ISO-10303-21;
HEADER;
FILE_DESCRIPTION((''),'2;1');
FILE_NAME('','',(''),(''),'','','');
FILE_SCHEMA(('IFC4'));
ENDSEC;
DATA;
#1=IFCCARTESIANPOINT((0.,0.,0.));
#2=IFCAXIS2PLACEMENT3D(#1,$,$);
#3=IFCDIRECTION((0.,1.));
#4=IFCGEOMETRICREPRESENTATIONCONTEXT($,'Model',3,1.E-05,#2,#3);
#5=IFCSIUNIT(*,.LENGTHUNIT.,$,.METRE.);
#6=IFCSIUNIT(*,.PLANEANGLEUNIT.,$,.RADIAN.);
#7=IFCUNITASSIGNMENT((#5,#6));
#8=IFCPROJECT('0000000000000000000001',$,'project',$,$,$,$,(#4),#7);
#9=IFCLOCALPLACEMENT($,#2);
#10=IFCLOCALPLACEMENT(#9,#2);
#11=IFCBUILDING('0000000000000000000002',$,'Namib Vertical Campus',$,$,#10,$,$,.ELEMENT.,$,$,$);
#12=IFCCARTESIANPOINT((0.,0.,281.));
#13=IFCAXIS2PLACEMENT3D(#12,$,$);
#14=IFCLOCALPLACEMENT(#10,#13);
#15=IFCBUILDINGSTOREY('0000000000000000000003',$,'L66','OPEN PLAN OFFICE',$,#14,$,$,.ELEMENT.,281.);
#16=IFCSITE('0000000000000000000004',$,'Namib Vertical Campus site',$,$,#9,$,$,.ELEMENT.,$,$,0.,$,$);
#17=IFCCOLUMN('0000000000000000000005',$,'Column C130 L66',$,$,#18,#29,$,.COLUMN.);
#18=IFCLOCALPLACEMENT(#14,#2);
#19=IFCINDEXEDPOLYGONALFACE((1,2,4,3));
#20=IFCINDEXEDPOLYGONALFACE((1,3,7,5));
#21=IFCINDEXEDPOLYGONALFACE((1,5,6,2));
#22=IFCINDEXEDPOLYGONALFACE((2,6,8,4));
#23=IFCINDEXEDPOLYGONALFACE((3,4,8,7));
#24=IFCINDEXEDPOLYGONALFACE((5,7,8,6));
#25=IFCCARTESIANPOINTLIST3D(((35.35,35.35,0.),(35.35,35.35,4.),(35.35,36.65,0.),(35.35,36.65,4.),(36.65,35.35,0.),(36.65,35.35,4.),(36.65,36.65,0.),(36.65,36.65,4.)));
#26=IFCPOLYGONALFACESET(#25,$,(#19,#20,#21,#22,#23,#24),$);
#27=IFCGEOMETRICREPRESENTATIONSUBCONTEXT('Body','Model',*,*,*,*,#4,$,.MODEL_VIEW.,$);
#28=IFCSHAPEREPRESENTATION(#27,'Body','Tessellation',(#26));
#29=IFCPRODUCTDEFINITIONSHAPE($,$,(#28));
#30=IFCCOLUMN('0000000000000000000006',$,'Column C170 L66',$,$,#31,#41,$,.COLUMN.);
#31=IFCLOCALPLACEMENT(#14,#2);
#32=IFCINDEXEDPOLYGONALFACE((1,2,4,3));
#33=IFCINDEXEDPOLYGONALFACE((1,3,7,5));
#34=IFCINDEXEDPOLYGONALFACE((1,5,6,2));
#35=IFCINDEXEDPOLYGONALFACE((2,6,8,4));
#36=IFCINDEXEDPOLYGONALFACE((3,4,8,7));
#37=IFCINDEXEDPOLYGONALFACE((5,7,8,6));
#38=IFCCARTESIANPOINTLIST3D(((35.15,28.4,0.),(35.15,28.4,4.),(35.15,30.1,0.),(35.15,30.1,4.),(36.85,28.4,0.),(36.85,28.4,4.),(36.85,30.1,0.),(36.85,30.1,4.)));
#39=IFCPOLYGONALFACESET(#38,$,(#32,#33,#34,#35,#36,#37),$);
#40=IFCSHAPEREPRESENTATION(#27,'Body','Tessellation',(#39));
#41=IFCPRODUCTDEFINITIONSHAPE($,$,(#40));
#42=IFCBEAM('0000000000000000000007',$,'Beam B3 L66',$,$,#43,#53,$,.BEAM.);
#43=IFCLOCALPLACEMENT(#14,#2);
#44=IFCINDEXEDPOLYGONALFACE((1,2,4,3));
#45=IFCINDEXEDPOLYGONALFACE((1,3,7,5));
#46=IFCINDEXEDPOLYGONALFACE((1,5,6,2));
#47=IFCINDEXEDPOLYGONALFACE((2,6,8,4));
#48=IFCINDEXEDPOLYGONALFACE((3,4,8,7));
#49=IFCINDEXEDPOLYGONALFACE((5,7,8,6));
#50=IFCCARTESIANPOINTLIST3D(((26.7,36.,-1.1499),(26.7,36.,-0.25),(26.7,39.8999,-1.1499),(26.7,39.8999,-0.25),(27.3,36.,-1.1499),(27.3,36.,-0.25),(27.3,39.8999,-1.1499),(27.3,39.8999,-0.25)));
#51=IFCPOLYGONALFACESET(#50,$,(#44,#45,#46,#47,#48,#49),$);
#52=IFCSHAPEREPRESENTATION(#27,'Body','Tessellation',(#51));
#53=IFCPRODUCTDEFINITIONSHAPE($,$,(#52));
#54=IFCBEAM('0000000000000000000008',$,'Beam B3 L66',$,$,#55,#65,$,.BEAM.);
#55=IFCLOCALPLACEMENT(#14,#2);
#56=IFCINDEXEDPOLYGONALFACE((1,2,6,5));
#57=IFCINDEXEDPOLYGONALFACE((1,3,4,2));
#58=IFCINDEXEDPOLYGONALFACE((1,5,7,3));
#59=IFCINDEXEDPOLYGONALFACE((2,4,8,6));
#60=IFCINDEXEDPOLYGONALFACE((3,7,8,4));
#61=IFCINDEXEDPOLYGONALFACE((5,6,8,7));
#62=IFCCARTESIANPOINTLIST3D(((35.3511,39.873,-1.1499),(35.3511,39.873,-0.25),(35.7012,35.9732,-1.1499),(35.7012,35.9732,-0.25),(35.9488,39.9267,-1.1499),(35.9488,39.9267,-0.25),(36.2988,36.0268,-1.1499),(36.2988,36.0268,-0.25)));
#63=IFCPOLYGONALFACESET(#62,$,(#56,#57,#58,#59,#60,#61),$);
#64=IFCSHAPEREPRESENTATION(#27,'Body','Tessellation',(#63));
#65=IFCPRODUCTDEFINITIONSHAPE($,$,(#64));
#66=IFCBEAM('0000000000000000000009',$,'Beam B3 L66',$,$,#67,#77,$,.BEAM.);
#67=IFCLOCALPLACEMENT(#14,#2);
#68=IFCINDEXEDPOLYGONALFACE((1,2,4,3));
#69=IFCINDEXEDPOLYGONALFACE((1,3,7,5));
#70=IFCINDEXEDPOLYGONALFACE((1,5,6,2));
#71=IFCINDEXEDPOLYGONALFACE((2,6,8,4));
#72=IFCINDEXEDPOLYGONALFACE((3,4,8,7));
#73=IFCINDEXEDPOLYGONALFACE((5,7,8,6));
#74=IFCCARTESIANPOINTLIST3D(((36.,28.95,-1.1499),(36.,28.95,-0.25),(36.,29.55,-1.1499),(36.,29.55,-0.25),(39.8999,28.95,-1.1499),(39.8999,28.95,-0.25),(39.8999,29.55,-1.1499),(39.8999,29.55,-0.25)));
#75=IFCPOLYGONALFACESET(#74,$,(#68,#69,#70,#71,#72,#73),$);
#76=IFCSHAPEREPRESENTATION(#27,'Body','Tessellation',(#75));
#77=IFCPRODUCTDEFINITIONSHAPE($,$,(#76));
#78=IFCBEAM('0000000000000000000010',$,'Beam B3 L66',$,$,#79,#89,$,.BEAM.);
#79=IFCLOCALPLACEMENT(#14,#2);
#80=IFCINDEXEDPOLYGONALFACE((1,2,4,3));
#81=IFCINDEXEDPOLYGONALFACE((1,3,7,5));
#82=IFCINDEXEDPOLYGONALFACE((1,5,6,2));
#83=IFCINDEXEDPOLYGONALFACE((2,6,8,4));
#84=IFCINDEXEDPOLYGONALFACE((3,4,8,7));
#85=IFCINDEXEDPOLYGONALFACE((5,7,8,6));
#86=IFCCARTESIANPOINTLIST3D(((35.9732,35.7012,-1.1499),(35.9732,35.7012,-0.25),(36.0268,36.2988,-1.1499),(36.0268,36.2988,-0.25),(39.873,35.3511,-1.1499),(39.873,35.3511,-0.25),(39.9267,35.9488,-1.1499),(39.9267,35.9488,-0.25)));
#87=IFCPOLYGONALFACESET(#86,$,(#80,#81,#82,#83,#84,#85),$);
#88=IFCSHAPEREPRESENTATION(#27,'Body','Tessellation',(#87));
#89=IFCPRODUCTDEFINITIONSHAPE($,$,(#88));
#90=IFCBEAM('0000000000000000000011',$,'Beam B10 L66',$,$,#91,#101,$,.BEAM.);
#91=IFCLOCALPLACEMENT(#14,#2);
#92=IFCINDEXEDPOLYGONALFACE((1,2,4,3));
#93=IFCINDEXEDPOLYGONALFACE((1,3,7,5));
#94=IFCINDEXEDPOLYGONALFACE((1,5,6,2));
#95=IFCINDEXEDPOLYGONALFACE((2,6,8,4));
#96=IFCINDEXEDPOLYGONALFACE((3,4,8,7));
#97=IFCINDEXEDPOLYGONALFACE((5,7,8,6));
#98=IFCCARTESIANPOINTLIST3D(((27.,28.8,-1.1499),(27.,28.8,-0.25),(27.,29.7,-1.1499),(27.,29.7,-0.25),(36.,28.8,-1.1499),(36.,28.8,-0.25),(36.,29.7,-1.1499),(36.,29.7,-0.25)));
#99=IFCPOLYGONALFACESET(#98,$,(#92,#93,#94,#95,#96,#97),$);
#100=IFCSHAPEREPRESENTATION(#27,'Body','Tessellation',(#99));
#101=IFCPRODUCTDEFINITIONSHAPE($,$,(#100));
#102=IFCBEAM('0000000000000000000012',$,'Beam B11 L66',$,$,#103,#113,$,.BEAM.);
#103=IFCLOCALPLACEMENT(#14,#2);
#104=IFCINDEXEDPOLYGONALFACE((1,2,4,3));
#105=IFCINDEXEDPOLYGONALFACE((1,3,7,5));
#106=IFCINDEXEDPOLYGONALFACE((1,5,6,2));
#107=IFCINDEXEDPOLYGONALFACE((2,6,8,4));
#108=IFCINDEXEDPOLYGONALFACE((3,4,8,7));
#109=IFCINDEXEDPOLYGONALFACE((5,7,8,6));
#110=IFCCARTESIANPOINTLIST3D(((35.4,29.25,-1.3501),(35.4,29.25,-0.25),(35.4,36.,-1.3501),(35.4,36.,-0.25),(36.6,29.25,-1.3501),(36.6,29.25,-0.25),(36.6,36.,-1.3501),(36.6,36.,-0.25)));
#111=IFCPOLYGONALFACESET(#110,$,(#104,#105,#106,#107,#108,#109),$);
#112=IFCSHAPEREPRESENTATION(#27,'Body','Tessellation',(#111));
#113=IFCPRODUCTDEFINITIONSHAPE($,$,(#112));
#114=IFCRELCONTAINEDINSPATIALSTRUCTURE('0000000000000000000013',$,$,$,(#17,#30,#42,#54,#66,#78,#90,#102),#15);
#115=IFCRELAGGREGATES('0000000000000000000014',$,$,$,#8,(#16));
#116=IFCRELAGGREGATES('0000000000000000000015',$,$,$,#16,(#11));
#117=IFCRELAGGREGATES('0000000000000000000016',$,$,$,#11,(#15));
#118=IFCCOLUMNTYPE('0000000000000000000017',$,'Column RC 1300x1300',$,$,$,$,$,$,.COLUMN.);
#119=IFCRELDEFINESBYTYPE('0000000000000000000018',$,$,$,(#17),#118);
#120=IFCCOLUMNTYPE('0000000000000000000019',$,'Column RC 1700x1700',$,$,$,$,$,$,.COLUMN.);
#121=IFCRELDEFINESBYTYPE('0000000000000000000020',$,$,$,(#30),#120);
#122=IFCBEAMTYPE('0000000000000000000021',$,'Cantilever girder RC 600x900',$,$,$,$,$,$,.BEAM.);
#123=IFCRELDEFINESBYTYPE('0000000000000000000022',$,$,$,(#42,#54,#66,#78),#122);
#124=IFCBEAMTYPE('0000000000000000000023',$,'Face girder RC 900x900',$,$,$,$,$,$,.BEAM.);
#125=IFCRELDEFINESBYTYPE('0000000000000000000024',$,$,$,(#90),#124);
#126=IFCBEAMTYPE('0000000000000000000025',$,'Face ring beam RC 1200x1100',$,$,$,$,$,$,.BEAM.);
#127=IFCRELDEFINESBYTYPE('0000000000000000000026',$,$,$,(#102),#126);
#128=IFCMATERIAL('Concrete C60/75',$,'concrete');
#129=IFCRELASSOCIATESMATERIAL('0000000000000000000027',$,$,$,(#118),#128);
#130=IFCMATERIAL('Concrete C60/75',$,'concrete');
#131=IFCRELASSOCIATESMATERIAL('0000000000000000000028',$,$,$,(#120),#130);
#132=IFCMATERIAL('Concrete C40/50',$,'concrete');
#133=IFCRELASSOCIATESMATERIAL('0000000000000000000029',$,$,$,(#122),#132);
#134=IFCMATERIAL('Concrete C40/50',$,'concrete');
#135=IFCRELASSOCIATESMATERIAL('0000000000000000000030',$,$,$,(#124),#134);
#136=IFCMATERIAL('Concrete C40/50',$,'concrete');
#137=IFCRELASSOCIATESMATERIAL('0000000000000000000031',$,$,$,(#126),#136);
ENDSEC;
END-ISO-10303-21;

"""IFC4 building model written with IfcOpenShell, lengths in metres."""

from ifc_helpers import new_model, si_unit, direction, frame, origin, origin_2d, place, context, subcontext, project, spatial, rectangle, extrude, material, material_profile, profile_set, type_object, element, save


model = new_model("IFC4")

# Units and contexts
model_context = context("Model", 3, precision=1e-05, world=origin(), true_north=direction((0.0, 1.0)))
body_context = subcontext(model_context, "Body", "Model", "MODEL_VIEW")
ifc_project = project(units=[si_unit("LENGTHUNIT", "METRE"), si_unit("PLANEANGLEUNIT", "RADIAN")], contexts=[model_context])

# Site, building, storey
site_placement = place(None, origin())
site = spatial("IfcSite", under=ifc_project, at=site_placement, Name="Namib Vertical Campus site", CompositionType="ELEMENT", RefElevation=0.0)
building_placement = place(site_placement, origin())
building = spatial("IfcBuilding", under=site, at=building_placement, Name="Namib Vertical Campus", CompositionType="ELEMENT")
storey_placement = place(building_placement, frame((0.0, 0.0, 281.0)))
storey = spatial("IfcBuildingStorey", under=building, at=storey_placement, Name="L66", Description="OPEN PLAN OFFICE", CompositionType="ELEMENT", Elevation=281.0)

# Columns
ifc_material_1 = material(Name="Concrete C60/75", Category="concrete")
ifc_material_profile_1 = material_profile(ifc_material_1, rectangle(XDim=1.3, YDim=1.3, at=origin_2d()))
ifc_profile_set_1 = profile_set([ifc_material_profile_1], Name="Concrete C60/75")
column_type_1 = type_object("IfcColumnType", Name="Column RC 1300x1300", PredefinedType="COLUMN", material=ifc_profile_set_1)
column_1_placement = place(storey_placement, frame((36.0, 36.0, 0.0), z_axis=(0.0, 0.0, 1.0), x_axis=(1.0, 0.0, 0.0)))
element("IfcColumn", 1, at=column_1_placement, inside=storey, type_object=column_type_1, Name="Column C130 L66", PredefinedType="COLUMN", context=body_context, shape_type="SweptSolid", body=[
    extrude(rectangle(XDim=1.3, YDim=1.3, at=origin_2d()), origin(), (0.0, 0.0, 1.0), 4.0),
])
ifc_material_2 = material(Name="Concrete C60/75", Category="concrete")
ifc_material_profile_2 = material_profile(ifc_material_2, rectangle(XDim=1.7, YDim=1.7, at=origin_2d()))
ifc_profile_set_2 = profile_set([ifc_material_profile_2], Name="Concrete C60/75")
column_type_2 = type_object("IfcColumnType", Name="Column RC 1700x1700", PredefinedType="COLUMN", material=ifc_profile_set_2)
column_2_placement = place(storey_placement, frame((36.0, 29.25, 0.0), z_axis=(0.0, 0.0, 1.0), x_axis=(1.0, 0.0, 0.0)))
element("IfcColumn", 2, at=column_2_placement, inside=storey, type_object=column_type_2, Name="Column C170 L66", PredefinedType="COLUMN", context=body_context, shape_type="SweptSolid", body=[
    extrude(rectangle(XDim=1.7, YDim=1.7, at=origin_2d()), origin(), (0.0, 0.0, 1.0), 4.0),
])

# Beams
ifc_material_3 = material(Name="Concrete C40/50", Category="concrete")
ifc_material_profile_3 = material_profile(ifc_material_3, rectangle(XDim=0.6001, YDim=0.8999, at=origin_2d()))
ifc_profile_set_3 = profile_set([ifc_material_profile_3], Name="Concrete C40/50")
beam_type_1 = type_object("IfcBeamType", Name="Cantilever girder RC 600x900", PredefinedType="BEAM", material=ifc_profile_set_3)
beam_1_placement = place(storey_placement, frame((27.0, 36.0, -0.7), z_axis=(0.0, 1.0, 0.0), x_axis=(-1.0, 0.0, 0.0)))
element("IfcBeam", 3, at=beam_1_placement, inside=storey, type_object=beam_type_1, Name="Beam B3 L66", PredefinedType="BEAM", context=body_context, shape_type="SweptSolid", body=[
    extrude(rectangle(XDim=0.6001, YDim=0.8999, at=origin_2d()), origin(), (0.0, 0.0, 1.0), 3.8999),
])
beam_2_placement = place(storey_placement, frame((36.0, 36.0, -0.7), z_axis=(-0.089411, 0.995995, 0.0), x_axis=(-0.995995, -0.089411, 0.0)))
element("IfcBeam", 4, at=beam_2_placement, inside=storey, type_object=beam_type_1, Name="Beam B3 L66", PredefinedType="BEAM", context=body_context, shape_type="SweptSolid", body=[
    extrude(rectangle(XDim=0.6001, YDim=0.8999, at=origin_2d()), origin(), (0.0, 0.0, 1.0), 3.9155),
])
beam_3_placement = place(storey_placement, frame((36.0, 29.25, -0.7), z_axis=(1.0, 0.0, 0.0), x_axis=(0.0, 1.0, 0.0)))
element("IfcBeam", 5, at=beam_3_placement, inside=storey, type_object=beam_type_1, Name="Beam B3 L66", PredefinedType="BEAM", context=body_context, shape_type="SweptSolid", body=[
    extrude(rectangle(XDim=0.6001, YDim=0.8999, at=origin_2d()), origin(), (0.0, 0.0, 1.0), 3.8999),
])
beam_4_placement = place(storey_placement, frame((36.0, 36.0, -0.7), z_axis=(0.995995, -0.089411, 0.0), x_axis=(0.089411, 0.995995, 0.0)))
element("IfcBeam", 6, at=beam_4_placement, inside=storey, type_object=beam_type_1, Name="Beam B3 L66", PredefinedType="BEAM", context=body_context, shape_type="SweptSolid", body=[
    extrude(rectangle(XDim=0.6001, YDim=0.8999, at=origin_2d()), origin(), (0.0, 0.0, 1.0), 3.9155),
])
ifc_material_4 = material(Name="Concrete C40/50", Category="concrete")
ifc_material_profile_4 = material_profile(ifc_material_4, rectangle(XDim=0.8999, YDim=0.8999, at=origin_2d()))
ifc_profile_set_4 = profile_set([ifc_material_profile_4], Name="Concrete C40/50")
beam_type_2 = type_object("IfcBeamType", Name="Face girder RC 900x900", PredefinedType="BEAM", material=ifc_profile_set_4)
beam_5_placement = place(storey_placement, frame((36.0, 29.25, -0.7), z_axis=(-1.0, 0.0, 0.0), x_axis=(0.0, -1.0, 0.0)))
element("IfcBeam", 7, at=beam_5_placement, inside=storey, type_object=beam_type_2, Name="Beam B10 L66", PredefinedType="BEAM", context=body_context, shape_type="SweptSolid", body=[
    extrude(rectangle(XDim=0.8999, YDim=0.8999, at=origin_2d()), origin(), (0.0, 0.0, 1.0), 9.0),
])
ifc_material_5 = material(Name="Concrete C40/50", Category="concrete")
ifc_material_profile_5 = material_profile(ifc_material_5, rectangle(XDim=1.2, YDim=1.1001, at=origin_2d()))
ifc_profile_set_5 = profile_set([ifc_material_profile_5], Name="Concrete C40/50")
beam_type_3 = type_object("IfcBeamType", Name="Face ring beam RC 1200x1100", PredefinedType="BEAM", material=ifc_profile_set_5)
beam_6_placement = place(storey_placement, frame((36.0, 29.25, -0.8), z_axis=(0.0, 1.0, 0.0), x_axis=(-1.0, 0.0, 0.0)))
element("IfcBeam", 8, at=beam_6_placement, inside=storey, type_object=beam_type_3, Name="Beam B11 L66", PredefinedType="BEAM", context=body_context, shape_type="SweptSolid", body=[
    extrude(rectangle(XDim=1.2, YDim=1.1001, at=origin_2d()), origin(), (0.0, 0.0, 1.0), 6.75),
])

save(model, "model.ifc")
